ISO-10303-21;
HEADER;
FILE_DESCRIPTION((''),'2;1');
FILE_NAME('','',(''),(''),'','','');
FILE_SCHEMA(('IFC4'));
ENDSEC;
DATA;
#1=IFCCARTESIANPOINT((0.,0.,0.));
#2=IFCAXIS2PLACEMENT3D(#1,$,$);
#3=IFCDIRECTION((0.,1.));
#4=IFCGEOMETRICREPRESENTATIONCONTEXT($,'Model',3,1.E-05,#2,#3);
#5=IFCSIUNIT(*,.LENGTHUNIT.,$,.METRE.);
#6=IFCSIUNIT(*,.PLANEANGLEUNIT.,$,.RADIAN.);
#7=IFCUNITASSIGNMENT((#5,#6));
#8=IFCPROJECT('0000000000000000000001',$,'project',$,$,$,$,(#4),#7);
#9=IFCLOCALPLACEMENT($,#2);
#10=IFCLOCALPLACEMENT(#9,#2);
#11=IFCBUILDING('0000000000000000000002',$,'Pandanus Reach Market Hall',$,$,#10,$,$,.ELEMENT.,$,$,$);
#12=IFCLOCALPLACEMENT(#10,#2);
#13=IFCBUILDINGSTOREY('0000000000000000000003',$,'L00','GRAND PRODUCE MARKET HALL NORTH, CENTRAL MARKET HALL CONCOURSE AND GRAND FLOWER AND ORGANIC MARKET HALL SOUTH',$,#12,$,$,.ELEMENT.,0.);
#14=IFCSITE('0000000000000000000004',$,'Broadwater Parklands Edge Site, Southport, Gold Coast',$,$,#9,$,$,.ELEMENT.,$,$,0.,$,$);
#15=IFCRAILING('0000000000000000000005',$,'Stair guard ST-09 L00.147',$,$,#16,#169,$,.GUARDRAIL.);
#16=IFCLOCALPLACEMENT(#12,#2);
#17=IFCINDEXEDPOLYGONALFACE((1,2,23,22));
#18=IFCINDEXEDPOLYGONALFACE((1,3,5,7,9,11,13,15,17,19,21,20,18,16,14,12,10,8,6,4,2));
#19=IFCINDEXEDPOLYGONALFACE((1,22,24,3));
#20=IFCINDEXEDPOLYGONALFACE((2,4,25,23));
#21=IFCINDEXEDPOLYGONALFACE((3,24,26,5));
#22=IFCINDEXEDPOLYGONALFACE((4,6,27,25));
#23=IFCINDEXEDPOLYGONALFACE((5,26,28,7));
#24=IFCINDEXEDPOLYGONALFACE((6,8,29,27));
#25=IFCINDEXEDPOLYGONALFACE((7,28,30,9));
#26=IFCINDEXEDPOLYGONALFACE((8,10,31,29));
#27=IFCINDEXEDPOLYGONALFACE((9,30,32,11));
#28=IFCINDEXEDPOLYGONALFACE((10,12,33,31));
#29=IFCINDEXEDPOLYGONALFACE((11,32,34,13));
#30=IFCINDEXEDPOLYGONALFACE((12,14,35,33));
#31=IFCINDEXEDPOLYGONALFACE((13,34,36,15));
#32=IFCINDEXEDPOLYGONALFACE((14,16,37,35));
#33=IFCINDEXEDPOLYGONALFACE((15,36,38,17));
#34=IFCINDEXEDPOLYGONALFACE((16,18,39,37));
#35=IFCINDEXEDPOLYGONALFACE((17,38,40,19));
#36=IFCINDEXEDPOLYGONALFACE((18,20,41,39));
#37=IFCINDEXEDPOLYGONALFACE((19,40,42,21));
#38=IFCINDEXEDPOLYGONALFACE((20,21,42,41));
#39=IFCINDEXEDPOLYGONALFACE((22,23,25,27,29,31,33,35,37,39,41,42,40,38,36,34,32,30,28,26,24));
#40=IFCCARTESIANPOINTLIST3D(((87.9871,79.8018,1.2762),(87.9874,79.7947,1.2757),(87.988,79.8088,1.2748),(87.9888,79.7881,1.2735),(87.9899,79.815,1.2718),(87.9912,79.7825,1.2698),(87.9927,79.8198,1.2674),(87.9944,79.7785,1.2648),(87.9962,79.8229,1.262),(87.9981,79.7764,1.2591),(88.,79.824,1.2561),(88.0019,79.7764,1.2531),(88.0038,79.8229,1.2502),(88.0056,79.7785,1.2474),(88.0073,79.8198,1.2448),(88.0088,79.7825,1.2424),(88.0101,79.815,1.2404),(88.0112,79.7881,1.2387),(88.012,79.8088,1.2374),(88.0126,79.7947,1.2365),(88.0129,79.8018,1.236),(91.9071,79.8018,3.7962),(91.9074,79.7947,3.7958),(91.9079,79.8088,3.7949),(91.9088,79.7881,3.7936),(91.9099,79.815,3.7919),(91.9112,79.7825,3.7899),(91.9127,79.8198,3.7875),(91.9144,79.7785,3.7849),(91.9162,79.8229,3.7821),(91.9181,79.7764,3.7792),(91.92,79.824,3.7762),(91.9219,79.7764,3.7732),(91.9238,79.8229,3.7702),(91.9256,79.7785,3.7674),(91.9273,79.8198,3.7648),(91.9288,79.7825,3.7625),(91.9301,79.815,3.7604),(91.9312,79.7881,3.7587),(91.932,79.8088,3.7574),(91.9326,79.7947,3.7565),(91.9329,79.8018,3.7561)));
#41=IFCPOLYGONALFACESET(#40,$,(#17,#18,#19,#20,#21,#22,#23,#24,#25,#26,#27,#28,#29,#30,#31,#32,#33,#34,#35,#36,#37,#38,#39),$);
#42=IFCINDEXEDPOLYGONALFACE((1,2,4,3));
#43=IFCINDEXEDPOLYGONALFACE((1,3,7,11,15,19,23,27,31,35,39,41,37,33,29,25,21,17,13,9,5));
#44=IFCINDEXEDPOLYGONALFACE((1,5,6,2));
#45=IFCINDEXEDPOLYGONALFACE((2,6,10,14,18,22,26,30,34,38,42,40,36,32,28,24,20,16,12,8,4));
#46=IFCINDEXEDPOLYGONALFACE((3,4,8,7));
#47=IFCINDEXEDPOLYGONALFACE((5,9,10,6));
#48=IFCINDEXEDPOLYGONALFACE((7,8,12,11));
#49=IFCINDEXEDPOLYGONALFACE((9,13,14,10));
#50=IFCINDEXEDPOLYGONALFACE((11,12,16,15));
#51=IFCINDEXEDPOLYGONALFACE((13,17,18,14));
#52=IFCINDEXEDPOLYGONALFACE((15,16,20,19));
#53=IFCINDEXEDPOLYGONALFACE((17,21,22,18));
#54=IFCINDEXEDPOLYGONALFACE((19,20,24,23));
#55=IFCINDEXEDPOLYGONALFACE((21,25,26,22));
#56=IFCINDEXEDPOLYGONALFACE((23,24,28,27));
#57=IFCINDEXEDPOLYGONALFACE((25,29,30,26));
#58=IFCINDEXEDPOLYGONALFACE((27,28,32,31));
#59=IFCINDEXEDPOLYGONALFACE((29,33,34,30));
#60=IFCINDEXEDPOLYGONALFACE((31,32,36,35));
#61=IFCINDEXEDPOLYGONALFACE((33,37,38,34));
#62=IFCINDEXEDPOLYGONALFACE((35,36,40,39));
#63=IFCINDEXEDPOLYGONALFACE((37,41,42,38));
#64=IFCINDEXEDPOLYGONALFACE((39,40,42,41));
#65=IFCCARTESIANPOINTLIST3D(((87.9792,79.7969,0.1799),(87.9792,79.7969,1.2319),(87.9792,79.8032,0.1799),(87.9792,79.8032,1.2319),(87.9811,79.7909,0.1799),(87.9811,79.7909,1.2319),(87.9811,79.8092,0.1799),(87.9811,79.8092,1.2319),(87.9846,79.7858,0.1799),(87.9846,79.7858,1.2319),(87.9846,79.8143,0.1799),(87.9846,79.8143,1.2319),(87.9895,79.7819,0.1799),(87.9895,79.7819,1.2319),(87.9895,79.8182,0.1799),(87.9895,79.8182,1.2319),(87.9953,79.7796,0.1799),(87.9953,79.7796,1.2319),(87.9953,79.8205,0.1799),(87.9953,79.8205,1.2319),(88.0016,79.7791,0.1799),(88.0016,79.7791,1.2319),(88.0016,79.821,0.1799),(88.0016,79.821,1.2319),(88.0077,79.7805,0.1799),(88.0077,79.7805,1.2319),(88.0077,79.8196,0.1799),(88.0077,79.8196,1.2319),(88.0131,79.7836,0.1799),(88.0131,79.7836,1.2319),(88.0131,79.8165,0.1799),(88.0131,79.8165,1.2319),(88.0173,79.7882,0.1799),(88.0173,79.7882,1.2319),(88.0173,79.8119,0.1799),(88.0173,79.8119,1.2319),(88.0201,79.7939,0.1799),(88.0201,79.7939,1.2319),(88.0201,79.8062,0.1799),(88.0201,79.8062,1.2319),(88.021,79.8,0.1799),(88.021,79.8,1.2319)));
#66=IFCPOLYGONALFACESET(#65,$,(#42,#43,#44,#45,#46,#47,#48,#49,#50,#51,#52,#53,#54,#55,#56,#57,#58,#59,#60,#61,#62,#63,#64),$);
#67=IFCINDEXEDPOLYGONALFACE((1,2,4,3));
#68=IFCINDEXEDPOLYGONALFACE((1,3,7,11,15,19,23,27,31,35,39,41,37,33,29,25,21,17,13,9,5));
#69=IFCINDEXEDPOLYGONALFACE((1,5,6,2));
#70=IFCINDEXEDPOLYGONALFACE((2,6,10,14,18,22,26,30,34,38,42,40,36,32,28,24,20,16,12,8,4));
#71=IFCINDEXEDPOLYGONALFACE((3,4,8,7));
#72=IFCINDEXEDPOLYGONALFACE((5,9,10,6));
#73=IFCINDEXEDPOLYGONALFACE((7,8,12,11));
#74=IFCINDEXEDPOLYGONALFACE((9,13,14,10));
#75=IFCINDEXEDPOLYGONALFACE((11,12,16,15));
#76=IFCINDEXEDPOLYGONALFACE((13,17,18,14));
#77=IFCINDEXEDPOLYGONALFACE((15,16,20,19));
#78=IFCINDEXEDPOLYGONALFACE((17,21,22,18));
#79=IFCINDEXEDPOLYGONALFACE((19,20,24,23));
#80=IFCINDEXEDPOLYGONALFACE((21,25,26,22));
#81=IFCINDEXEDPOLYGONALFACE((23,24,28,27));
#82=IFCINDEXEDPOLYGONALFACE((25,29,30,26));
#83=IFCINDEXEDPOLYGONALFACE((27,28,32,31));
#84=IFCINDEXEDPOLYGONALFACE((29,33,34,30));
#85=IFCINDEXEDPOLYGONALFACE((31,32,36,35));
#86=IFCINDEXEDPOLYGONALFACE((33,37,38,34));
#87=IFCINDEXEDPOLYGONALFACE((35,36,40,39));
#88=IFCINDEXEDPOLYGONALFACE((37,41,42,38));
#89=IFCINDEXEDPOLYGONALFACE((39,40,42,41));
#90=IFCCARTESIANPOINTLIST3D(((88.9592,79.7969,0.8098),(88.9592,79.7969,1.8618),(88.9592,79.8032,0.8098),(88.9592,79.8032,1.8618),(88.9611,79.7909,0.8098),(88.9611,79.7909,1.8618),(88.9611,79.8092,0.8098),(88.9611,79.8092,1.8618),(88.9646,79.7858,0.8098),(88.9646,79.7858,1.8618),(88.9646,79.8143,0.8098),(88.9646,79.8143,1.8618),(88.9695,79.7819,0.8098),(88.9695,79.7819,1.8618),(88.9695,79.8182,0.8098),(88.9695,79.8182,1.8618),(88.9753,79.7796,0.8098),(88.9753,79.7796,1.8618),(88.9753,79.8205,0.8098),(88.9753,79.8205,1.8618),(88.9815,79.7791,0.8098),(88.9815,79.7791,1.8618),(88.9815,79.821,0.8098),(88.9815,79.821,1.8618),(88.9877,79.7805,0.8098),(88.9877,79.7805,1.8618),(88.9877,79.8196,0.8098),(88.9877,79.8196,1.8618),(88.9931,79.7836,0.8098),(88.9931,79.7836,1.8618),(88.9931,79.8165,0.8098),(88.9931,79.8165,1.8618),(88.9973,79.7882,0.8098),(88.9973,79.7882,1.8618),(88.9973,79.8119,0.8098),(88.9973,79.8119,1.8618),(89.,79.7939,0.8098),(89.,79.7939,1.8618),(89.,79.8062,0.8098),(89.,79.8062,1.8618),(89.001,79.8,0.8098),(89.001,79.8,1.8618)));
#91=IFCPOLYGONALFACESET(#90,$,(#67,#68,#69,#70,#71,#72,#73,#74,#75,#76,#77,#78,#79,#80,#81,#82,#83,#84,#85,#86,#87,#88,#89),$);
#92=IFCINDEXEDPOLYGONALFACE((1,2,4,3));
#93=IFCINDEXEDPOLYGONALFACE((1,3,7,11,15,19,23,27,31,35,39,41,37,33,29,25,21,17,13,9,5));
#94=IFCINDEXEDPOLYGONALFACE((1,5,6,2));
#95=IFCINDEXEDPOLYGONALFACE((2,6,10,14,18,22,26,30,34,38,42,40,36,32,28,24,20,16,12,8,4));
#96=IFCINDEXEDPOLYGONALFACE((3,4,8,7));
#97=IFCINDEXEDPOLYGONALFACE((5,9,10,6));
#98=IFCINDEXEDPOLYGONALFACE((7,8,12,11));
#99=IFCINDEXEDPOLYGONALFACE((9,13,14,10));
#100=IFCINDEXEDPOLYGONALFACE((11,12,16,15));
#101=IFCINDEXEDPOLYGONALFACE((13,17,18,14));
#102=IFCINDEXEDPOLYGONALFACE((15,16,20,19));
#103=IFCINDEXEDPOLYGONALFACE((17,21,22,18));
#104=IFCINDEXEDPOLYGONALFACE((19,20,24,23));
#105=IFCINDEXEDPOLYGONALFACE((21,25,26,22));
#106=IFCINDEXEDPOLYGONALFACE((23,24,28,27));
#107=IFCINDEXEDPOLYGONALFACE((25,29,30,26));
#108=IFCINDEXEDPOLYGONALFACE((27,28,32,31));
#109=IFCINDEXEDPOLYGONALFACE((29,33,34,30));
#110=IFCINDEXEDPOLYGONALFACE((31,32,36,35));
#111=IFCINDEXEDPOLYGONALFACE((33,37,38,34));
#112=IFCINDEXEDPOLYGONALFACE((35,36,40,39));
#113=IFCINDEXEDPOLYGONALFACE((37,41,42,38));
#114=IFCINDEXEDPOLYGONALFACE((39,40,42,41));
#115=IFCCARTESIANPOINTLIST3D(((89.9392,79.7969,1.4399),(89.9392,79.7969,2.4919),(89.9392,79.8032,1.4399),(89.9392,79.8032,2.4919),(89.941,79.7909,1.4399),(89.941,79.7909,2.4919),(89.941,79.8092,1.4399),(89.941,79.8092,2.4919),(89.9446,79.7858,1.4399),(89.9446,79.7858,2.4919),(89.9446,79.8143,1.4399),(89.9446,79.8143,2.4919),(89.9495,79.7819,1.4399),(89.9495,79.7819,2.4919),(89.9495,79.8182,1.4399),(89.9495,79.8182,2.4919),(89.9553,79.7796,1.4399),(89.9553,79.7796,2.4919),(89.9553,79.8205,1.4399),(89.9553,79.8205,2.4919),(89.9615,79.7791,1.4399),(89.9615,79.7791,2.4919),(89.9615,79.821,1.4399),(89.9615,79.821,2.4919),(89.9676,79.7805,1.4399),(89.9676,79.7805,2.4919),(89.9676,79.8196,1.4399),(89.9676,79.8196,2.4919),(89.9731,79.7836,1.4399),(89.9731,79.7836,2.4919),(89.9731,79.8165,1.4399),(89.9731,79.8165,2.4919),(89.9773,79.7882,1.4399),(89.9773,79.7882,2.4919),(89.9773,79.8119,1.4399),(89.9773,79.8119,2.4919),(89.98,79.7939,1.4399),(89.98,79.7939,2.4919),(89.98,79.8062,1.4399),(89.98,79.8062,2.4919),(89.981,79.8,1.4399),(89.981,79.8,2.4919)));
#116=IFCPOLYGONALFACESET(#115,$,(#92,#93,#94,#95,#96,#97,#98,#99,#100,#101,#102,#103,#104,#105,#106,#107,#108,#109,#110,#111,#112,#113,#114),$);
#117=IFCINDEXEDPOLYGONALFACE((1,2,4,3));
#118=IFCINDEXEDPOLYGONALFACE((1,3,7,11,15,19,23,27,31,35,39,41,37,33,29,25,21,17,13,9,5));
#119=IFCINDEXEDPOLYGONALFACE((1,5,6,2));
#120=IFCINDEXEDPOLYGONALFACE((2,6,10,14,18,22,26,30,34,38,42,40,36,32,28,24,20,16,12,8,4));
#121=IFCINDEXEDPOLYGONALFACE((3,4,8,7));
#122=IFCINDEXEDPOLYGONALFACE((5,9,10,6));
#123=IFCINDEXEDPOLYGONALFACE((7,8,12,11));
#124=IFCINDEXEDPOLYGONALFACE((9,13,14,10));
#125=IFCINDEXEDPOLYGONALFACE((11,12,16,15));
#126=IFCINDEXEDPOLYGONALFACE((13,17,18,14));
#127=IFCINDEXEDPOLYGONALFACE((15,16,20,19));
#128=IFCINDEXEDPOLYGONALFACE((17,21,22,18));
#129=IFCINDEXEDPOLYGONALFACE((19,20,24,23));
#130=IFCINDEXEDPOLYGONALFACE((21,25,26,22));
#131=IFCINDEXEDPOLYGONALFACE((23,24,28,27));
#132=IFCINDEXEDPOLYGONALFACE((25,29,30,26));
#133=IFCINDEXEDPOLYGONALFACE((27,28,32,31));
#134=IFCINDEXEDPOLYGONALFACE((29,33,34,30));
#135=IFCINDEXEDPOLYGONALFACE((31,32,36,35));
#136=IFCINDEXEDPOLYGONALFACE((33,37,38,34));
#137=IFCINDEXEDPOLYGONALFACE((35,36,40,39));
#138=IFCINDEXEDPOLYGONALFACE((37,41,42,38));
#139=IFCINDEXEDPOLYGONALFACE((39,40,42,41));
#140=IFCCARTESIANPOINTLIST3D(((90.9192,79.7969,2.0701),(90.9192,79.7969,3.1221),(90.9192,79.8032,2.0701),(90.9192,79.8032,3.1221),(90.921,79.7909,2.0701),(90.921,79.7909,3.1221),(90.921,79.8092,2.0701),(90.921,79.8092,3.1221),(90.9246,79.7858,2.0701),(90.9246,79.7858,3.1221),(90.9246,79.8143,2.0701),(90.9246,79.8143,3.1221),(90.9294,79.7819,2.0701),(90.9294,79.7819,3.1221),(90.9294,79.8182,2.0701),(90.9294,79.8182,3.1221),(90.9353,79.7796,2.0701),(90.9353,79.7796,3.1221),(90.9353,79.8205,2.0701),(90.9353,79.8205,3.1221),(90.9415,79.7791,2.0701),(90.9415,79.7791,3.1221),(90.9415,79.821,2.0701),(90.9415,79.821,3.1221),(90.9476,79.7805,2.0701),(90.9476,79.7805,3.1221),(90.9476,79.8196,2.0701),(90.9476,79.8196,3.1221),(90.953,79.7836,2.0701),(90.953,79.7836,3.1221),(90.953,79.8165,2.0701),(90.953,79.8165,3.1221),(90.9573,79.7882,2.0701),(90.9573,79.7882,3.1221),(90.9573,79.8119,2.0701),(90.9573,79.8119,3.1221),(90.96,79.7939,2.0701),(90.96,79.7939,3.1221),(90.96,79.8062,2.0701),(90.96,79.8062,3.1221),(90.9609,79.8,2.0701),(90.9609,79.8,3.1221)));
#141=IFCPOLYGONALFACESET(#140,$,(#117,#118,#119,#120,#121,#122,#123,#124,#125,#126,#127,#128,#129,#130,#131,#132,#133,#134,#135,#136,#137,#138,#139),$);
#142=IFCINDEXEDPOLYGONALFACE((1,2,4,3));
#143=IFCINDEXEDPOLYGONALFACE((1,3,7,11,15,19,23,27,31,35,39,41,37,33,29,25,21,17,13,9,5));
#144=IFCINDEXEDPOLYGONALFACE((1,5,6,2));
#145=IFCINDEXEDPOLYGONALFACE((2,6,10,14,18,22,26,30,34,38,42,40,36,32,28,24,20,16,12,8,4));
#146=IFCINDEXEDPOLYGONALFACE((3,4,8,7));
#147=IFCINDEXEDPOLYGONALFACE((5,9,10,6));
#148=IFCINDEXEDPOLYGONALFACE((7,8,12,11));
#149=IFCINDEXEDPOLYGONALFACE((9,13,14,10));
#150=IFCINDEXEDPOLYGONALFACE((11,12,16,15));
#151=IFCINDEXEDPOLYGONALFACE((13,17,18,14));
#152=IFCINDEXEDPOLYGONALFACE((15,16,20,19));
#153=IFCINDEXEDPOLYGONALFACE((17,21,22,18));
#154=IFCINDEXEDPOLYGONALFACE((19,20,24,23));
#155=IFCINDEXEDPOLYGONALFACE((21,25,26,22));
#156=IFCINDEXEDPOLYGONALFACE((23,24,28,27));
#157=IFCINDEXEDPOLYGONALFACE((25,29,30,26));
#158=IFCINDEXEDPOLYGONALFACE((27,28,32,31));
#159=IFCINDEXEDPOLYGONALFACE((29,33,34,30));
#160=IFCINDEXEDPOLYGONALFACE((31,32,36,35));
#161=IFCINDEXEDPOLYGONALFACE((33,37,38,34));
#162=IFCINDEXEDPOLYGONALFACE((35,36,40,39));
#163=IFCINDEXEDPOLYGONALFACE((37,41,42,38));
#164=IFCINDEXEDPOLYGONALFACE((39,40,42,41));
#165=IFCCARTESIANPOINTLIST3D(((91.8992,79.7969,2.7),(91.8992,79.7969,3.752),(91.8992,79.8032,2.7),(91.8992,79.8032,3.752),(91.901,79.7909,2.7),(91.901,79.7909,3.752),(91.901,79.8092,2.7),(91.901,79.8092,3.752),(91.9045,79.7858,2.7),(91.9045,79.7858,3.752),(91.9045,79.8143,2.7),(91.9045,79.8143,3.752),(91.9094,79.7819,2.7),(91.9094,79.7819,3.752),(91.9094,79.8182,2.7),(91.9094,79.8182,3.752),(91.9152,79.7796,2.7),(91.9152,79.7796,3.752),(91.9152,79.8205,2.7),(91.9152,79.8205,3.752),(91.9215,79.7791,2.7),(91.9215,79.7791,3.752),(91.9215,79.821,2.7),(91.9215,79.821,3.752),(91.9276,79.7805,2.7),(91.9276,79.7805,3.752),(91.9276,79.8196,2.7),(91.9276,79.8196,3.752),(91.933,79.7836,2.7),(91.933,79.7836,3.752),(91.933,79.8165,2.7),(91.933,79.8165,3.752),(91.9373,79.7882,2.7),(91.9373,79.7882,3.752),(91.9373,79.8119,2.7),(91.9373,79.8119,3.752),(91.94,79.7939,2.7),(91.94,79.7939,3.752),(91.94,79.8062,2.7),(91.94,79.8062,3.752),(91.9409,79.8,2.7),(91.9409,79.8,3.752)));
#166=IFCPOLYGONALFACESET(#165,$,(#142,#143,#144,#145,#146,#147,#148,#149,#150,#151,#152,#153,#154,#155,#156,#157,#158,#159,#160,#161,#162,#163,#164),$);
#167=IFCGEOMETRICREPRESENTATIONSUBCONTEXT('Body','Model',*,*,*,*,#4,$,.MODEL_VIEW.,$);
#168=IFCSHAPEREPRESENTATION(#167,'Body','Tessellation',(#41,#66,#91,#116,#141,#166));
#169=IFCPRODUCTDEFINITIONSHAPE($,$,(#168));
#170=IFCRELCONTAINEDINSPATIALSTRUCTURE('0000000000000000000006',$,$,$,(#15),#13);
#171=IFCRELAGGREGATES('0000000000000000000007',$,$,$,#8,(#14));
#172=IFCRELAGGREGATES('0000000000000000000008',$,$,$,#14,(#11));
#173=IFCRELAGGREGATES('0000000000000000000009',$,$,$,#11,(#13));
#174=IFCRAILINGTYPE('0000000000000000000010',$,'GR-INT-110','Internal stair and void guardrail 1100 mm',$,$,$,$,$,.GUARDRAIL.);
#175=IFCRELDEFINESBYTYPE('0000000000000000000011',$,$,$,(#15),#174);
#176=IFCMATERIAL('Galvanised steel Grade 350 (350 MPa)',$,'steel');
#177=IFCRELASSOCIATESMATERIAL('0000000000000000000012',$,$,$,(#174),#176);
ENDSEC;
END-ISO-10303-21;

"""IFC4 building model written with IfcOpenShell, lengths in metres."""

from ifc_helpers import new_model, si_unit, direction, frame, origin, origin_2d, place, context, subcontext, project, spatial, circle, extrude, material, type_object, element, save


model = new_model("IFC4")

# Units and contexts
model_context = context("Model", 3, precision=1e-05, world=origin(), true_north=direction((0.0, 1.0)))
body_context = subcontext(model_context, "Body", "Model", "MODEL_VIEW")
ifc_project = project(units=[si_unit("LENGTHUNIT", "METRE"), si_unit("PLANEANGLEUNIT", "RADIAN")], contexts=[model_context])

# Site, building, storey
site_placement = place(None, origin())
site = spatial("IfcSite", under=ifc_project, at=site_placement, Name="Broadwater Parklands Edge Site, Southport, Gold Coast", CompositionType="ELEMENT", RefElevation=0.0)
building_placement = place(site_placement, origin())
building = spatial("IfcBuilding", under=site, at=building_placement, Name="Pandanus Reach Market Hall", CompositionType="ELEMENT")
storey_placement = place(building_placement, origin())
storey = spatial("IfcBuildingStorey", under=building, at=storey_placement, Name="L00", Description="GRAND PRODUCE MARKET HALL NORTH, CENTRAL MARKET HALL CONCOURSE AND GRAND FLOWER AND ORGANIC MARKET HALL SOUTH", CompositionType="ELEMENT", Elevation=0.0)

# Railing
ifc_material_1 = material(Name="Galvanised steel Grade 350 (350 MPa)", Category="steel")
railing_type_1 = type_object("IfcRailingType", Name="GR-INT-110", Description="Internal stair and void guardrail 1100 mm", PredefinedType="GUARDRAIL", material=ifc_material_1)
railing_1_placement = place(storey_placement, frame((88.0, 79.8, 0.1799)))
element("IfcRailing", 1, at=railing_1_placement, inside=storey, type_object=railing_type_1, Name="Stair guard ST-09 L00.147", PredefinedType="GUARDRAIL", context=body_context, shape_type="SweptSolid", body=[
    extrude(circle(Radius=0.0239, at=origin_2d()), frame((0.0, 0.0, 1.0762), z_axis=(0.841172, 0.0, 0.540768), x_axis=(0.0, 1.0, 0.0)), (0.0, 0.0, 1.0), 4.6602),
    extrude(circle(Radius=0.021, at=origin_2d()), origin(), (0.0, 0.0, 1.0), 1.052),
    extrude(circle(Radius=0.021, at=origin_2d()), frame((0.98, 0.0, 0.6299)), (0.0, 0.0, 1.0), 1.052),
    extrude(circle(Radius=0.021, at=origin_2d()), frame((1.96, 0.0, 1.26)), (0.0, 0.0, 1.0), 1.052),
    extrude(circle(Radius=0.021, at=origin_2d()), frame((2.9399, 0.0, 1.8901)), (0.0, 0.0, 1.0), 1.052),
    extrude(circle(Radius=0.021, at=origin_2d()), frame((3.9199, 0.0, 2.52)), (0.0, 0.0, 1.0), 1.052),
])

save(model, "model.ifc")
